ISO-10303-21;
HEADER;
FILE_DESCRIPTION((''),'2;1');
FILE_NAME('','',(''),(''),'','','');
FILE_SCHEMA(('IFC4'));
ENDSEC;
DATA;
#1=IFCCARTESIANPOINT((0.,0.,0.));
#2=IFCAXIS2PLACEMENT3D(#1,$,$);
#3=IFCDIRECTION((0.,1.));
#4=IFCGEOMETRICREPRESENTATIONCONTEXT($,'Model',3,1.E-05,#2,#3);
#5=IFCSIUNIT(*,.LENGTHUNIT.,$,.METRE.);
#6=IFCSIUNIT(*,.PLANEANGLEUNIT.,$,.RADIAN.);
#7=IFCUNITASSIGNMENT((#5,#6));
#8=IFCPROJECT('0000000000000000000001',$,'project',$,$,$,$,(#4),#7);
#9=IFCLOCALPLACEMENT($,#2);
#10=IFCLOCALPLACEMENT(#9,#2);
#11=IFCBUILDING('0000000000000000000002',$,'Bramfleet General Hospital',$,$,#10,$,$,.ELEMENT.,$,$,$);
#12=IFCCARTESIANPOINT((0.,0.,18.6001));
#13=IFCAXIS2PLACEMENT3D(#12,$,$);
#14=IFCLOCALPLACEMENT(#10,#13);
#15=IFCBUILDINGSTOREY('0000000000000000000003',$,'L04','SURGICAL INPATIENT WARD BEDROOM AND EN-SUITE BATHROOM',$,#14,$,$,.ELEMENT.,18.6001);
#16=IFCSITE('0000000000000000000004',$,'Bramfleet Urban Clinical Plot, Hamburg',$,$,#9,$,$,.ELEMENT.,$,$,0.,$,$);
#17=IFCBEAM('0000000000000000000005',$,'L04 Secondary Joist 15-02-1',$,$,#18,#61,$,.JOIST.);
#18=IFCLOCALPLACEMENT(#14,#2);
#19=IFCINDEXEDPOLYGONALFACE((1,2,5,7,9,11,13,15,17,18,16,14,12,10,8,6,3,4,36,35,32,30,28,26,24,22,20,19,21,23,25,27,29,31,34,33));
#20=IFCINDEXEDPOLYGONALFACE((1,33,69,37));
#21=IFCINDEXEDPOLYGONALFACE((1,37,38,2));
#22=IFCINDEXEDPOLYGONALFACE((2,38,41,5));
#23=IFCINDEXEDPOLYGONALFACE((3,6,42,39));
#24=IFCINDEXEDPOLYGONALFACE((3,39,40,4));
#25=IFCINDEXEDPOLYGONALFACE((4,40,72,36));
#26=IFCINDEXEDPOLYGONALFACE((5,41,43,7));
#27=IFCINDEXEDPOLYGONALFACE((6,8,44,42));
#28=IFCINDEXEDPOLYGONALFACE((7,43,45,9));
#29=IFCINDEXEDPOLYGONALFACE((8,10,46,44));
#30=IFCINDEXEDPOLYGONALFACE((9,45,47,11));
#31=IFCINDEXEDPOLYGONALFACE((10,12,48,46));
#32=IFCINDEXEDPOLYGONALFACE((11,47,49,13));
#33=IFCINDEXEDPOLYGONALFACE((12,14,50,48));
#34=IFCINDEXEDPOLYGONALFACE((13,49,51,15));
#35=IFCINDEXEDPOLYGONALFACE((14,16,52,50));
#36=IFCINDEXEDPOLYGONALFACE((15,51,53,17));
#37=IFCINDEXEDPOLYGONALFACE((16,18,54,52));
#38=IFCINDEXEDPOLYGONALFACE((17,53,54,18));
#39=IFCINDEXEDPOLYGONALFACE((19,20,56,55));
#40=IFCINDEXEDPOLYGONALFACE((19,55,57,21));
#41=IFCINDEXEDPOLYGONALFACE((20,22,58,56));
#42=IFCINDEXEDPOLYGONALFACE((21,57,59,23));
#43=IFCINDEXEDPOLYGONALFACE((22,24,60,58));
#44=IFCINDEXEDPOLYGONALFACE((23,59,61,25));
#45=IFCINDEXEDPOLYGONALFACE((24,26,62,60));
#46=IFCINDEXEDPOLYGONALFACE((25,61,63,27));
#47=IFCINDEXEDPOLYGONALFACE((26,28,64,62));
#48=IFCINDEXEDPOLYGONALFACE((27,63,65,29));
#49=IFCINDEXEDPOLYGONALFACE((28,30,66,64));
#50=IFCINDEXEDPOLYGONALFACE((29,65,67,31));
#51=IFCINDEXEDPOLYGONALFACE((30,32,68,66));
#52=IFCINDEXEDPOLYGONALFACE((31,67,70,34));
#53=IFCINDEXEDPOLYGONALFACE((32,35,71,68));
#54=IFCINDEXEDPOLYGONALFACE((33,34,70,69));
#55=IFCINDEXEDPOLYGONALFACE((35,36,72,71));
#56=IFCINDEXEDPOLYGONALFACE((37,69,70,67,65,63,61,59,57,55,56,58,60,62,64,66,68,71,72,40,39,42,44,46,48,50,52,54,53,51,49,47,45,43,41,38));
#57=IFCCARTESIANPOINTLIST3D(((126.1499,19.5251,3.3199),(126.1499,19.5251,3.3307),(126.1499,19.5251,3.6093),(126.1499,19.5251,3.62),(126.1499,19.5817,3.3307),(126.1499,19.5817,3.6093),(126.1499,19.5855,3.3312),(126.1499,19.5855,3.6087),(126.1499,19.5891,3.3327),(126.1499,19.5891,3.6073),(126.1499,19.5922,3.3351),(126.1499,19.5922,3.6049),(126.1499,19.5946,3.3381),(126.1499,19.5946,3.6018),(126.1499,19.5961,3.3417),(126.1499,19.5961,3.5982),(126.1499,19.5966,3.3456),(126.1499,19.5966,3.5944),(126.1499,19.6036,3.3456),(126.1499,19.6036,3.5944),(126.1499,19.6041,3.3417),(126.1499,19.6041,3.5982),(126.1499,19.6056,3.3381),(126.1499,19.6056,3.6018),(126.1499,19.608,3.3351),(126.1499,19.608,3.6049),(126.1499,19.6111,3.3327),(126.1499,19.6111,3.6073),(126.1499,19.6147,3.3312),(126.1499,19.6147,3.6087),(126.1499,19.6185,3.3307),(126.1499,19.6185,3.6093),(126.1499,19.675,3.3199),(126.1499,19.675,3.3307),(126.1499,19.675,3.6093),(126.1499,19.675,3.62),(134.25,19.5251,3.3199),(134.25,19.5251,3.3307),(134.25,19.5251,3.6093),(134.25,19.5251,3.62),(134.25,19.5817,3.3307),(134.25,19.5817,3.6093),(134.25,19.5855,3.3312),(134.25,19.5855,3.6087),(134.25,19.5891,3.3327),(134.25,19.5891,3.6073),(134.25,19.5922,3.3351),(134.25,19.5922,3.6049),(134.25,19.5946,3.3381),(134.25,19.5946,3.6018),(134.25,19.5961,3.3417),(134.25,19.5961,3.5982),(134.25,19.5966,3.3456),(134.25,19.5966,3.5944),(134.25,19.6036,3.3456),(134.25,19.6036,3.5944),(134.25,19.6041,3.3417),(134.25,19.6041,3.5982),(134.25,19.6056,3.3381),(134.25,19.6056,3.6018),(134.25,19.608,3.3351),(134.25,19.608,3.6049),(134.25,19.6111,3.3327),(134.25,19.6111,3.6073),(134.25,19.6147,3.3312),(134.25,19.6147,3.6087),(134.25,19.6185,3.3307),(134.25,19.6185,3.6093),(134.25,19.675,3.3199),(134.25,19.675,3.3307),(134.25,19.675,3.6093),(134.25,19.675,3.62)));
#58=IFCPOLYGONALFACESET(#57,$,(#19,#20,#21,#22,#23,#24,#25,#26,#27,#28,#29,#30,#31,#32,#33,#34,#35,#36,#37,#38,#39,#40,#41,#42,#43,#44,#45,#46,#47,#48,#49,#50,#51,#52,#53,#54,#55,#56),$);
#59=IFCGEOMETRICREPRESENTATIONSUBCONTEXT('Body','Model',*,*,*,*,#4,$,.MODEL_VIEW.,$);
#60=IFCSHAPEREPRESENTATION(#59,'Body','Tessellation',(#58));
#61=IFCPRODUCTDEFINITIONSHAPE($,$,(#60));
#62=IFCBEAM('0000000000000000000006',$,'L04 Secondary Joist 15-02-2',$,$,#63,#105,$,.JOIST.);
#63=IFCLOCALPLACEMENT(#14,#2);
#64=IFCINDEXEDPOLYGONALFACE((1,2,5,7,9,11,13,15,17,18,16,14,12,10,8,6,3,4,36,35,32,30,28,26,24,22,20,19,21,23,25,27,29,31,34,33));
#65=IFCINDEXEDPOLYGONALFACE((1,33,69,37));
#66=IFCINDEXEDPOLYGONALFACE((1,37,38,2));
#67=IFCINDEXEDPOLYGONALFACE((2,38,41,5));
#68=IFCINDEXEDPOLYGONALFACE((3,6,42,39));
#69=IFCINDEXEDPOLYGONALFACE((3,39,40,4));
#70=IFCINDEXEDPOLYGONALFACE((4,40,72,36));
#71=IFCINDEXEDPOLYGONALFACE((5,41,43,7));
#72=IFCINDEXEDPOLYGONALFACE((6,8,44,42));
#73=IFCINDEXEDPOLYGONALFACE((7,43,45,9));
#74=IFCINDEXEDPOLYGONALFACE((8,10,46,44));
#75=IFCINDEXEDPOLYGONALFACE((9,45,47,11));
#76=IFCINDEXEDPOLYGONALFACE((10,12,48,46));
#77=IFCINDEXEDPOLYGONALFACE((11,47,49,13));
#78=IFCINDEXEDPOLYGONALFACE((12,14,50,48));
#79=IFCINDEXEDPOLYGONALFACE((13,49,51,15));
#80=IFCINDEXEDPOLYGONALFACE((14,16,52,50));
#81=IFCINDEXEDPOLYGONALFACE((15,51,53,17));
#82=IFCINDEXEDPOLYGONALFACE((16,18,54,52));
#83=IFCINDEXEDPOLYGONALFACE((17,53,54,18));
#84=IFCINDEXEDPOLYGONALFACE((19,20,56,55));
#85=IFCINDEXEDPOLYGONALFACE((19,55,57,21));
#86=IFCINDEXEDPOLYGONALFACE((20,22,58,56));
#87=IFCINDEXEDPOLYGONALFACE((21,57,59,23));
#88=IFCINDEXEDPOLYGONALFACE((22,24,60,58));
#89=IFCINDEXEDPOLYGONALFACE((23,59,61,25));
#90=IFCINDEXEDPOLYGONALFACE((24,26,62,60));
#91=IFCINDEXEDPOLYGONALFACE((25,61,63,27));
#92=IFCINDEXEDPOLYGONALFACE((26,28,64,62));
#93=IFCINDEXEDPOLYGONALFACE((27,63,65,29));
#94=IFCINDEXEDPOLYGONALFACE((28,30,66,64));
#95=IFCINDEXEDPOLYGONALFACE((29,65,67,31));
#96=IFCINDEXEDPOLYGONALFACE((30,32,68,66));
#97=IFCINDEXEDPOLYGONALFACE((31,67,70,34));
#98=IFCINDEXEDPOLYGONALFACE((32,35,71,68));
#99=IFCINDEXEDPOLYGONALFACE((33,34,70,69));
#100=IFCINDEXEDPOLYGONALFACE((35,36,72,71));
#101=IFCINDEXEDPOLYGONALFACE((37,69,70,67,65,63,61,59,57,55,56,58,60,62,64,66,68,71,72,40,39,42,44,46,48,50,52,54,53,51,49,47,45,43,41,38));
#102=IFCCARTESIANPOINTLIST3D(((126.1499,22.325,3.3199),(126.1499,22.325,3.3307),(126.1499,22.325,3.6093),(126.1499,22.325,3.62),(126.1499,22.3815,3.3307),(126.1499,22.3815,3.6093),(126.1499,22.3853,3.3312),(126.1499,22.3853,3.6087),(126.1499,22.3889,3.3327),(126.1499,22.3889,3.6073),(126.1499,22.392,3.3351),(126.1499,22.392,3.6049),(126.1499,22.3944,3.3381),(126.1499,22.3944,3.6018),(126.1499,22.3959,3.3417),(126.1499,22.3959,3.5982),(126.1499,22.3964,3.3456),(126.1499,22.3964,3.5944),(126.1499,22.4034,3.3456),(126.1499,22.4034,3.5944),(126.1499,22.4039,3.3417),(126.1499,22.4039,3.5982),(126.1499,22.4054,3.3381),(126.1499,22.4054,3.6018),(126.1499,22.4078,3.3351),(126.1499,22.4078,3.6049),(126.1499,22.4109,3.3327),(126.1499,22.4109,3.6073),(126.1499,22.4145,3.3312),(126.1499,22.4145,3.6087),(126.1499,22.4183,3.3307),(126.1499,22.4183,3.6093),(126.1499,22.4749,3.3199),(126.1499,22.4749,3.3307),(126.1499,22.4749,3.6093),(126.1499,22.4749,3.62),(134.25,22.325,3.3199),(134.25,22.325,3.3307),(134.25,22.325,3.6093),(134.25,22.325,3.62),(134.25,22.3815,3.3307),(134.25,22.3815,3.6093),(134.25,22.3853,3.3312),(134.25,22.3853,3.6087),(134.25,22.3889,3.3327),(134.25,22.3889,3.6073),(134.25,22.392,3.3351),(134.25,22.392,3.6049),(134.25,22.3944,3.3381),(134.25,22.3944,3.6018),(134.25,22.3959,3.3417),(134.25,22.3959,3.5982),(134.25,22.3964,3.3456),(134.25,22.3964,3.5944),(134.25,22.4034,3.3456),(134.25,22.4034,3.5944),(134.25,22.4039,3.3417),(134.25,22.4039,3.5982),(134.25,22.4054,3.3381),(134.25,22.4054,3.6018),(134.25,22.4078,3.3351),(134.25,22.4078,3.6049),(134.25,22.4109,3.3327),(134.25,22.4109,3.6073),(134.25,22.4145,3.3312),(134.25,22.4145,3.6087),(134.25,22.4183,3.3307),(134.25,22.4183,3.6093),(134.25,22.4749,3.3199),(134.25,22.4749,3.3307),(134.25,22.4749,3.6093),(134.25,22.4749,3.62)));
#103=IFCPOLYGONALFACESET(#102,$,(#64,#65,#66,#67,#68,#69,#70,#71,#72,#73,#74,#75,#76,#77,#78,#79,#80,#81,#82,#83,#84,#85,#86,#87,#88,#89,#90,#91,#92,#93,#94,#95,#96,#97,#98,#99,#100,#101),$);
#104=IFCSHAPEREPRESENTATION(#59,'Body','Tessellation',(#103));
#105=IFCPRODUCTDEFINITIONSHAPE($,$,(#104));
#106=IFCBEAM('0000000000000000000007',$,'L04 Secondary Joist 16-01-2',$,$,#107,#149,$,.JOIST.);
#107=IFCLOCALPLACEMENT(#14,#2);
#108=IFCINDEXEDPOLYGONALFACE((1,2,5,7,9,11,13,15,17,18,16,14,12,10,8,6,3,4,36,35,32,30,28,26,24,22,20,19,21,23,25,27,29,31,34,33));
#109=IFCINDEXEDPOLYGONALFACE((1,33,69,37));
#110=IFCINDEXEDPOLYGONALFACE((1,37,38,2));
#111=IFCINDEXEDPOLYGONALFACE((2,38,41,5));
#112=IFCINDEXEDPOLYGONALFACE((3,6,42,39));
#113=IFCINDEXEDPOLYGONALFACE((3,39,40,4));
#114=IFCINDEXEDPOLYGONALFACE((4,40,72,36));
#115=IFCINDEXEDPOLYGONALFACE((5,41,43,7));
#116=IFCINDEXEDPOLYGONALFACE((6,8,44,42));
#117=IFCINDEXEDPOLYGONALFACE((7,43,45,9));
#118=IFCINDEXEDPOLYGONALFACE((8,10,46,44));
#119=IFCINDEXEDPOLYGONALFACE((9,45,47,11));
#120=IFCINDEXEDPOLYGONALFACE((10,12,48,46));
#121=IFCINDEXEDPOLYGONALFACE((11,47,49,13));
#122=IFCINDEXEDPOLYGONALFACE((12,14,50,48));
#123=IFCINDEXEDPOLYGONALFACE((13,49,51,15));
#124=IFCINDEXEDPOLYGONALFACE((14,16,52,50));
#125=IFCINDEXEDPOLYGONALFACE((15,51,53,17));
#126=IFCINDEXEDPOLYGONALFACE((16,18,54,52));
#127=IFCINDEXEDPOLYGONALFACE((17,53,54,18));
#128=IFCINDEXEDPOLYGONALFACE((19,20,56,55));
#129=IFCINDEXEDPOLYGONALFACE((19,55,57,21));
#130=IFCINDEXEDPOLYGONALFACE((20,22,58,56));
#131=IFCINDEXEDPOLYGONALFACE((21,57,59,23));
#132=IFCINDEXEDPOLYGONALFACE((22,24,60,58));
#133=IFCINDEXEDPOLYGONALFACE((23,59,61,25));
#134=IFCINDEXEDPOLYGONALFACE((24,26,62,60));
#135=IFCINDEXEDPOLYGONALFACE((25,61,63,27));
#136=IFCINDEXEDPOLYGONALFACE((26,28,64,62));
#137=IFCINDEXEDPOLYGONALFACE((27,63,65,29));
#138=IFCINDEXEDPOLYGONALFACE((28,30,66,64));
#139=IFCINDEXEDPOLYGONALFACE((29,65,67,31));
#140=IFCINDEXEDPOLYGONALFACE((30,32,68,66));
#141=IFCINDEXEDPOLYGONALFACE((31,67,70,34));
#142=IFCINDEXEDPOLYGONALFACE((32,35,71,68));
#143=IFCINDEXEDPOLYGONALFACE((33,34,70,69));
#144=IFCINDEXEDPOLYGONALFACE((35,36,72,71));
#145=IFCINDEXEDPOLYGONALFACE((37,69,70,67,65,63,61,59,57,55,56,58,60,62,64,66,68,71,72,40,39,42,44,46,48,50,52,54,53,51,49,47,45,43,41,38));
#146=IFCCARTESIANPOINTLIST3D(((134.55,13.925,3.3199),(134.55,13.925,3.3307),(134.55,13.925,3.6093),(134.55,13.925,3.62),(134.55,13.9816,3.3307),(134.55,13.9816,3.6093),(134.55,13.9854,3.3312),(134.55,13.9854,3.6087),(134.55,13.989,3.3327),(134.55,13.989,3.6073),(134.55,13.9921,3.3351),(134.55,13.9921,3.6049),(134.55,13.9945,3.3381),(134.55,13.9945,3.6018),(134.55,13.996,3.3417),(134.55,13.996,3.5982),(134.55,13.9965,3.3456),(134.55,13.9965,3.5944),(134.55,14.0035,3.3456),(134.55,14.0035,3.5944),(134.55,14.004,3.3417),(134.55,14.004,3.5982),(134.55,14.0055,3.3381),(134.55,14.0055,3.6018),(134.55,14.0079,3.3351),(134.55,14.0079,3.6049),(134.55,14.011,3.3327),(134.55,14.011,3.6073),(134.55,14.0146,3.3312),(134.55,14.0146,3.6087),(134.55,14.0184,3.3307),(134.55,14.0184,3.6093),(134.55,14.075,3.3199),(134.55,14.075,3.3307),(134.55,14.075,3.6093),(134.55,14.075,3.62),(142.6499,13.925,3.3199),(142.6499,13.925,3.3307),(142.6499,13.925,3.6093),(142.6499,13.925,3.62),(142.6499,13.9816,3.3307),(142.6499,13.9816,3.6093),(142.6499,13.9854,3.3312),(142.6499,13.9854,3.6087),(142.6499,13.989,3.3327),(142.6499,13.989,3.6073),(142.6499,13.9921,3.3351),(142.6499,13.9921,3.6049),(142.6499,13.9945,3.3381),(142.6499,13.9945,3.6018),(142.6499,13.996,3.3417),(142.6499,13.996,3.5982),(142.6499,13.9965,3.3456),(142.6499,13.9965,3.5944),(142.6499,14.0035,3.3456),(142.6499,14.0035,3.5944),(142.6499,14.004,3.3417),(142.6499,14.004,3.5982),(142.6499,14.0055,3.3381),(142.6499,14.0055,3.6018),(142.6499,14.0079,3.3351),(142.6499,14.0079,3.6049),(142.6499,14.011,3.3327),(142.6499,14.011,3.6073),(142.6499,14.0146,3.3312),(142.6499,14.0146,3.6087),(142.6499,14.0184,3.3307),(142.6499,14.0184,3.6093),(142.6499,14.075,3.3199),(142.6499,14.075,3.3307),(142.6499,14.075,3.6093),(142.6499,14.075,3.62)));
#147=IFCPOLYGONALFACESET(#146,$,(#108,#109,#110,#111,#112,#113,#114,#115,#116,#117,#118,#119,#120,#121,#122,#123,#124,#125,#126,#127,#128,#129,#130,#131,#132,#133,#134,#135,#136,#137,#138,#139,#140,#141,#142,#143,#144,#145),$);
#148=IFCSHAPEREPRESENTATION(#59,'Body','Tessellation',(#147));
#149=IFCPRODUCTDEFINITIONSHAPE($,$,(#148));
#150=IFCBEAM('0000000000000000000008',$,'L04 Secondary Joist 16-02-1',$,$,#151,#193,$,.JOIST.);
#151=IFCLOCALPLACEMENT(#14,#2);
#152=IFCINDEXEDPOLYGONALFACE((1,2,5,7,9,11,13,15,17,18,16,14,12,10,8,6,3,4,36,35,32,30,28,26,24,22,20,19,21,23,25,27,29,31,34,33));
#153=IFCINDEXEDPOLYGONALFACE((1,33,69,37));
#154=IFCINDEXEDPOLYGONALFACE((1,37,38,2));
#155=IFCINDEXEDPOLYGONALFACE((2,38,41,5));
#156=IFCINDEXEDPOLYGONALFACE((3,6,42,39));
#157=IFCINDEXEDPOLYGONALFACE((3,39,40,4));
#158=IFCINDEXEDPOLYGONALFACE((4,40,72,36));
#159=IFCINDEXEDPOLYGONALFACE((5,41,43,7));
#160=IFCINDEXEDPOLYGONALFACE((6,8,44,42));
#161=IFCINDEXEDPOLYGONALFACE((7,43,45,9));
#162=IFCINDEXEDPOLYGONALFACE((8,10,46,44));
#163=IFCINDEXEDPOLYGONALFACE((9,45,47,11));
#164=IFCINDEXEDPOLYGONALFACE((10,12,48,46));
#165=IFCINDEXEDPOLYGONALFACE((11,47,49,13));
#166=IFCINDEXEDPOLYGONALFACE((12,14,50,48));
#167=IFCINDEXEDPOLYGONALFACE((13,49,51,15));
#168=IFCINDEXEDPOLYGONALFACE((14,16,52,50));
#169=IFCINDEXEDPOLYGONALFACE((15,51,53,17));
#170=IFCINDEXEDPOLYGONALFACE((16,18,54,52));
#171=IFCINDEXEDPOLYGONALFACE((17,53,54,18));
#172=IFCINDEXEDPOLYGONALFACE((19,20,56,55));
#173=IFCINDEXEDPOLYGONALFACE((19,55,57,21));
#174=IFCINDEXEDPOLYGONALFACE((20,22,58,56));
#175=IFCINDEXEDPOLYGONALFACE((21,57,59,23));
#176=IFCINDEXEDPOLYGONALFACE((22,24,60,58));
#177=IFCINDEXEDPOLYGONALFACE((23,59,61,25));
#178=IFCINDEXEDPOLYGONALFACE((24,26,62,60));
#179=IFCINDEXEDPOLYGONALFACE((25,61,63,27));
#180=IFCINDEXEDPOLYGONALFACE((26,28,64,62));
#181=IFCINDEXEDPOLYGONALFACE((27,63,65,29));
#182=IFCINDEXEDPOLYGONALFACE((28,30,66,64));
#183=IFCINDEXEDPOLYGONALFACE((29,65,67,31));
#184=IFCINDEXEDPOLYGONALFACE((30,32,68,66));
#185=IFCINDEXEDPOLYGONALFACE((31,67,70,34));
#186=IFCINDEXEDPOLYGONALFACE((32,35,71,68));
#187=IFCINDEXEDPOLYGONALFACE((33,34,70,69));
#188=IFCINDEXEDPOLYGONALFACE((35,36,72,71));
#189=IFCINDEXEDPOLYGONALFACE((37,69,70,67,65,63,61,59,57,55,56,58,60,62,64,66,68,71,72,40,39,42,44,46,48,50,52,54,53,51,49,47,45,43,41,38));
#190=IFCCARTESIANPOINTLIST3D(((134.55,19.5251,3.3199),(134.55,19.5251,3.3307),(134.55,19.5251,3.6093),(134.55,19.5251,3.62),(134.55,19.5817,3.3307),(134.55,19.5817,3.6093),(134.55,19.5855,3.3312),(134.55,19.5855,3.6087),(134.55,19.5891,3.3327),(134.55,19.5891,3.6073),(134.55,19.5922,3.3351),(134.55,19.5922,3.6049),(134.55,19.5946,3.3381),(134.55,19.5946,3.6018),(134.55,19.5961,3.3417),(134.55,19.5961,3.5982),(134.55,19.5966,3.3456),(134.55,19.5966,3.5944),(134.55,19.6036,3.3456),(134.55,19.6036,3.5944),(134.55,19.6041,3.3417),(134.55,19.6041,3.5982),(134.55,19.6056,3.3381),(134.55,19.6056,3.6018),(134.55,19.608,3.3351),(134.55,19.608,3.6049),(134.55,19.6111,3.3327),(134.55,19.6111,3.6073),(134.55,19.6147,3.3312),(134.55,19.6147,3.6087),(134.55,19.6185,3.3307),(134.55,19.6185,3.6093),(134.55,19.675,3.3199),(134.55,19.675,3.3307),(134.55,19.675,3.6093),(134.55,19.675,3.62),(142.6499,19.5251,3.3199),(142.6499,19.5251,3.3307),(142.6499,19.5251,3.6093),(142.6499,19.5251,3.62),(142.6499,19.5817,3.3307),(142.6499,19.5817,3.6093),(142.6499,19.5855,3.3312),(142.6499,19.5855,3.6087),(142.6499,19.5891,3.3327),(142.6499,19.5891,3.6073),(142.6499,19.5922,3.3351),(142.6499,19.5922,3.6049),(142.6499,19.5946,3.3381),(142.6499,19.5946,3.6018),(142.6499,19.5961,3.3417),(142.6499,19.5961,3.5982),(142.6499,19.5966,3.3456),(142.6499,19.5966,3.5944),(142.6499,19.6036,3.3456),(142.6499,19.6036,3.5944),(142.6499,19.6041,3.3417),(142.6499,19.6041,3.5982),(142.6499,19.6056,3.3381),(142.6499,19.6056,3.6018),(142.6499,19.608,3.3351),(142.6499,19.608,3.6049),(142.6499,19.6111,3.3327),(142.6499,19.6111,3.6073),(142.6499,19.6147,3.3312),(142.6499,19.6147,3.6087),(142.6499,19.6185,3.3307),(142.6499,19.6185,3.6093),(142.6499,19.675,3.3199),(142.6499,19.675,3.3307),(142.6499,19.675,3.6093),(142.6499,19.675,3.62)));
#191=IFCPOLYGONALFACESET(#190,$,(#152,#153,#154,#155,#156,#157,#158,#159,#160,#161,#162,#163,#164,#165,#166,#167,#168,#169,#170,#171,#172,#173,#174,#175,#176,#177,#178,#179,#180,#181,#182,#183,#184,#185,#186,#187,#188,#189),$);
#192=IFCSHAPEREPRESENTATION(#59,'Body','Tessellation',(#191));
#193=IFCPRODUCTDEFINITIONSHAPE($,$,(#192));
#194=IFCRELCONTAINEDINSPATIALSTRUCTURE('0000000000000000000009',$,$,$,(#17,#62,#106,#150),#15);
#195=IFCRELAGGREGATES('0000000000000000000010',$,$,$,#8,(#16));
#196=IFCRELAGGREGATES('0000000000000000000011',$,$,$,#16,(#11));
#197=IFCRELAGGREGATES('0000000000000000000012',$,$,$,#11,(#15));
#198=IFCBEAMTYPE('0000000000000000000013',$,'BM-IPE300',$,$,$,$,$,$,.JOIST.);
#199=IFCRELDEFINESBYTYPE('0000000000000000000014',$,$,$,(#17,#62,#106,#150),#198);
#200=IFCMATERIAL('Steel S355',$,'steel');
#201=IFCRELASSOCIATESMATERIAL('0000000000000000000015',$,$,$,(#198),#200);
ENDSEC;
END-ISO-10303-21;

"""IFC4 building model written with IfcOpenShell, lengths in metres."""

from ifc_helpers import new_model, si_unit, direction, frame, origin, origin_2d, place, context, subcontext, project, spatial, i_section, extrude, material, material_profile, profile_set, type_object, element, save


model = new_model("IFC4")

# Units and contexts
model_context = context("Model", 3, precision=1e-05, world=origin(), true_north=direction((0.0, 1.0)))
body_context = subcontext(model_context, "Body", "Model", "MODEL_VIEW")
ifc_project = project(units=[si_unit("LENGTHUNIT", "METRE"), si_unit("PLANEANGLEUNIT", "RADIAN")], contexts=[model_context])

# Site, building, storey
site_placement = place(None, origin())
site = spatial("IfcSite", under=ifc_project, at=site_placement, Name="Bramfleet Urban Clinical Plot, Hamburg", CompositionType="ELEMENT", RefElevation=0.0)
building_placement = place(site_placement, origin())
building = spatial("IfcBuilding", under=site, at=building_placement, Name="Bramfleet General Hospital", CompositionType="ELEMENT")
storey_placement = place(building_placement, frame((0.0, 0.0, 18.6001)))
storey = spatial("IfcBuildingStorey", under=building, at=storey_placement, Name="L04", Description="SURGICAL INPATIENT WARD BEDROOM AND EN-SUITE BATHROOM", CompositionType="ELEMENT", Elevation=18.6001)

# Beams
ifc_material_1 = material(Name="Steel S355", Category="steel")
ifc_material_profile_1 = material_profile(ifc_material_1, i_section(OverallWidth=0.1499, OverallDepth=0.3, WebThickness=0.0071, FlangeThickness=0.0107, FilletRadius=0.0149, at=origin_2d()), Name="IPE 300")
ifc_profile_set_1 = profile_set([ifc_material_profile_1], Name="Steel S355")
beam_type_1 = type_object("IfcBeamType", Name="BM-IPE300", PredefinedType="JOIST", material=ifc_profile_set_1)
for number, where, z_axis, x_axis, name in (
    (1, (126.1499, 19.6001, 3.47), (1.0, 0.0, 0.0), (0.0, 1.0, 0.0), "L04 Secondary Joist 15-02-1"),
    (2, (126.1499, 22.3999, 3.47), (1.0, 0.0, 0.0), (0.0, 1.0, 0.0), "L04 Secondary Joist 15-02-2"),
):
    element("IfcBeam", number, at=place(storey_placement, frame(where, z_axis=z_axis, x_axis=x_axis)), inside=storey, type_object=beam_type_1, Name=name, PredefinedType="JOIST", context=body_context, shape_type="SweptSolid", body=[
        extrude(i_section(OverallWidth=0.1499, OverallDepth=0.3, WebThickness=0.0071, FlangeThickness=0.0107, FilletRadius=0.0149, at=origin_2d()), origin(), (0.0, 0.0, 1.0), 8.1001),
    ])
for number, where, z_axis, x_axis, name in (
    (3, (134.55, 14.0, 3.47), (1.0, 0.0, 0.0), (0.0, 1.0, 0.0), "L04 Secondary Joist 16-01-2"),
    (4, (134.55, 19.6001, 3.47), (1.0, 0.0, 0.0), (0.0, 1.0, 0.0), "L04 Secondary Joist 16-02-1"),
):
    element("IfcBeam", number, at=place(storey_placement, frame(where, z_axis=z_axis, x_axis=x_axis)), inside=storey, type_object=beam_type_1, Name=name, PredefinedType="JOIST", context=body_context, shape_type="SweptSolid", body=[
        extrude(i_section(OverallWidth=0.1499, OverallDepth=0.3, WebThickness=0.0071, FlangeThickness=0.0107, FilletRadius=0.0149, at=origin_2d()), origin(), (0.0, 0.0, 1.0), 8.0999),
    ])

save(model, "model.ifc")
